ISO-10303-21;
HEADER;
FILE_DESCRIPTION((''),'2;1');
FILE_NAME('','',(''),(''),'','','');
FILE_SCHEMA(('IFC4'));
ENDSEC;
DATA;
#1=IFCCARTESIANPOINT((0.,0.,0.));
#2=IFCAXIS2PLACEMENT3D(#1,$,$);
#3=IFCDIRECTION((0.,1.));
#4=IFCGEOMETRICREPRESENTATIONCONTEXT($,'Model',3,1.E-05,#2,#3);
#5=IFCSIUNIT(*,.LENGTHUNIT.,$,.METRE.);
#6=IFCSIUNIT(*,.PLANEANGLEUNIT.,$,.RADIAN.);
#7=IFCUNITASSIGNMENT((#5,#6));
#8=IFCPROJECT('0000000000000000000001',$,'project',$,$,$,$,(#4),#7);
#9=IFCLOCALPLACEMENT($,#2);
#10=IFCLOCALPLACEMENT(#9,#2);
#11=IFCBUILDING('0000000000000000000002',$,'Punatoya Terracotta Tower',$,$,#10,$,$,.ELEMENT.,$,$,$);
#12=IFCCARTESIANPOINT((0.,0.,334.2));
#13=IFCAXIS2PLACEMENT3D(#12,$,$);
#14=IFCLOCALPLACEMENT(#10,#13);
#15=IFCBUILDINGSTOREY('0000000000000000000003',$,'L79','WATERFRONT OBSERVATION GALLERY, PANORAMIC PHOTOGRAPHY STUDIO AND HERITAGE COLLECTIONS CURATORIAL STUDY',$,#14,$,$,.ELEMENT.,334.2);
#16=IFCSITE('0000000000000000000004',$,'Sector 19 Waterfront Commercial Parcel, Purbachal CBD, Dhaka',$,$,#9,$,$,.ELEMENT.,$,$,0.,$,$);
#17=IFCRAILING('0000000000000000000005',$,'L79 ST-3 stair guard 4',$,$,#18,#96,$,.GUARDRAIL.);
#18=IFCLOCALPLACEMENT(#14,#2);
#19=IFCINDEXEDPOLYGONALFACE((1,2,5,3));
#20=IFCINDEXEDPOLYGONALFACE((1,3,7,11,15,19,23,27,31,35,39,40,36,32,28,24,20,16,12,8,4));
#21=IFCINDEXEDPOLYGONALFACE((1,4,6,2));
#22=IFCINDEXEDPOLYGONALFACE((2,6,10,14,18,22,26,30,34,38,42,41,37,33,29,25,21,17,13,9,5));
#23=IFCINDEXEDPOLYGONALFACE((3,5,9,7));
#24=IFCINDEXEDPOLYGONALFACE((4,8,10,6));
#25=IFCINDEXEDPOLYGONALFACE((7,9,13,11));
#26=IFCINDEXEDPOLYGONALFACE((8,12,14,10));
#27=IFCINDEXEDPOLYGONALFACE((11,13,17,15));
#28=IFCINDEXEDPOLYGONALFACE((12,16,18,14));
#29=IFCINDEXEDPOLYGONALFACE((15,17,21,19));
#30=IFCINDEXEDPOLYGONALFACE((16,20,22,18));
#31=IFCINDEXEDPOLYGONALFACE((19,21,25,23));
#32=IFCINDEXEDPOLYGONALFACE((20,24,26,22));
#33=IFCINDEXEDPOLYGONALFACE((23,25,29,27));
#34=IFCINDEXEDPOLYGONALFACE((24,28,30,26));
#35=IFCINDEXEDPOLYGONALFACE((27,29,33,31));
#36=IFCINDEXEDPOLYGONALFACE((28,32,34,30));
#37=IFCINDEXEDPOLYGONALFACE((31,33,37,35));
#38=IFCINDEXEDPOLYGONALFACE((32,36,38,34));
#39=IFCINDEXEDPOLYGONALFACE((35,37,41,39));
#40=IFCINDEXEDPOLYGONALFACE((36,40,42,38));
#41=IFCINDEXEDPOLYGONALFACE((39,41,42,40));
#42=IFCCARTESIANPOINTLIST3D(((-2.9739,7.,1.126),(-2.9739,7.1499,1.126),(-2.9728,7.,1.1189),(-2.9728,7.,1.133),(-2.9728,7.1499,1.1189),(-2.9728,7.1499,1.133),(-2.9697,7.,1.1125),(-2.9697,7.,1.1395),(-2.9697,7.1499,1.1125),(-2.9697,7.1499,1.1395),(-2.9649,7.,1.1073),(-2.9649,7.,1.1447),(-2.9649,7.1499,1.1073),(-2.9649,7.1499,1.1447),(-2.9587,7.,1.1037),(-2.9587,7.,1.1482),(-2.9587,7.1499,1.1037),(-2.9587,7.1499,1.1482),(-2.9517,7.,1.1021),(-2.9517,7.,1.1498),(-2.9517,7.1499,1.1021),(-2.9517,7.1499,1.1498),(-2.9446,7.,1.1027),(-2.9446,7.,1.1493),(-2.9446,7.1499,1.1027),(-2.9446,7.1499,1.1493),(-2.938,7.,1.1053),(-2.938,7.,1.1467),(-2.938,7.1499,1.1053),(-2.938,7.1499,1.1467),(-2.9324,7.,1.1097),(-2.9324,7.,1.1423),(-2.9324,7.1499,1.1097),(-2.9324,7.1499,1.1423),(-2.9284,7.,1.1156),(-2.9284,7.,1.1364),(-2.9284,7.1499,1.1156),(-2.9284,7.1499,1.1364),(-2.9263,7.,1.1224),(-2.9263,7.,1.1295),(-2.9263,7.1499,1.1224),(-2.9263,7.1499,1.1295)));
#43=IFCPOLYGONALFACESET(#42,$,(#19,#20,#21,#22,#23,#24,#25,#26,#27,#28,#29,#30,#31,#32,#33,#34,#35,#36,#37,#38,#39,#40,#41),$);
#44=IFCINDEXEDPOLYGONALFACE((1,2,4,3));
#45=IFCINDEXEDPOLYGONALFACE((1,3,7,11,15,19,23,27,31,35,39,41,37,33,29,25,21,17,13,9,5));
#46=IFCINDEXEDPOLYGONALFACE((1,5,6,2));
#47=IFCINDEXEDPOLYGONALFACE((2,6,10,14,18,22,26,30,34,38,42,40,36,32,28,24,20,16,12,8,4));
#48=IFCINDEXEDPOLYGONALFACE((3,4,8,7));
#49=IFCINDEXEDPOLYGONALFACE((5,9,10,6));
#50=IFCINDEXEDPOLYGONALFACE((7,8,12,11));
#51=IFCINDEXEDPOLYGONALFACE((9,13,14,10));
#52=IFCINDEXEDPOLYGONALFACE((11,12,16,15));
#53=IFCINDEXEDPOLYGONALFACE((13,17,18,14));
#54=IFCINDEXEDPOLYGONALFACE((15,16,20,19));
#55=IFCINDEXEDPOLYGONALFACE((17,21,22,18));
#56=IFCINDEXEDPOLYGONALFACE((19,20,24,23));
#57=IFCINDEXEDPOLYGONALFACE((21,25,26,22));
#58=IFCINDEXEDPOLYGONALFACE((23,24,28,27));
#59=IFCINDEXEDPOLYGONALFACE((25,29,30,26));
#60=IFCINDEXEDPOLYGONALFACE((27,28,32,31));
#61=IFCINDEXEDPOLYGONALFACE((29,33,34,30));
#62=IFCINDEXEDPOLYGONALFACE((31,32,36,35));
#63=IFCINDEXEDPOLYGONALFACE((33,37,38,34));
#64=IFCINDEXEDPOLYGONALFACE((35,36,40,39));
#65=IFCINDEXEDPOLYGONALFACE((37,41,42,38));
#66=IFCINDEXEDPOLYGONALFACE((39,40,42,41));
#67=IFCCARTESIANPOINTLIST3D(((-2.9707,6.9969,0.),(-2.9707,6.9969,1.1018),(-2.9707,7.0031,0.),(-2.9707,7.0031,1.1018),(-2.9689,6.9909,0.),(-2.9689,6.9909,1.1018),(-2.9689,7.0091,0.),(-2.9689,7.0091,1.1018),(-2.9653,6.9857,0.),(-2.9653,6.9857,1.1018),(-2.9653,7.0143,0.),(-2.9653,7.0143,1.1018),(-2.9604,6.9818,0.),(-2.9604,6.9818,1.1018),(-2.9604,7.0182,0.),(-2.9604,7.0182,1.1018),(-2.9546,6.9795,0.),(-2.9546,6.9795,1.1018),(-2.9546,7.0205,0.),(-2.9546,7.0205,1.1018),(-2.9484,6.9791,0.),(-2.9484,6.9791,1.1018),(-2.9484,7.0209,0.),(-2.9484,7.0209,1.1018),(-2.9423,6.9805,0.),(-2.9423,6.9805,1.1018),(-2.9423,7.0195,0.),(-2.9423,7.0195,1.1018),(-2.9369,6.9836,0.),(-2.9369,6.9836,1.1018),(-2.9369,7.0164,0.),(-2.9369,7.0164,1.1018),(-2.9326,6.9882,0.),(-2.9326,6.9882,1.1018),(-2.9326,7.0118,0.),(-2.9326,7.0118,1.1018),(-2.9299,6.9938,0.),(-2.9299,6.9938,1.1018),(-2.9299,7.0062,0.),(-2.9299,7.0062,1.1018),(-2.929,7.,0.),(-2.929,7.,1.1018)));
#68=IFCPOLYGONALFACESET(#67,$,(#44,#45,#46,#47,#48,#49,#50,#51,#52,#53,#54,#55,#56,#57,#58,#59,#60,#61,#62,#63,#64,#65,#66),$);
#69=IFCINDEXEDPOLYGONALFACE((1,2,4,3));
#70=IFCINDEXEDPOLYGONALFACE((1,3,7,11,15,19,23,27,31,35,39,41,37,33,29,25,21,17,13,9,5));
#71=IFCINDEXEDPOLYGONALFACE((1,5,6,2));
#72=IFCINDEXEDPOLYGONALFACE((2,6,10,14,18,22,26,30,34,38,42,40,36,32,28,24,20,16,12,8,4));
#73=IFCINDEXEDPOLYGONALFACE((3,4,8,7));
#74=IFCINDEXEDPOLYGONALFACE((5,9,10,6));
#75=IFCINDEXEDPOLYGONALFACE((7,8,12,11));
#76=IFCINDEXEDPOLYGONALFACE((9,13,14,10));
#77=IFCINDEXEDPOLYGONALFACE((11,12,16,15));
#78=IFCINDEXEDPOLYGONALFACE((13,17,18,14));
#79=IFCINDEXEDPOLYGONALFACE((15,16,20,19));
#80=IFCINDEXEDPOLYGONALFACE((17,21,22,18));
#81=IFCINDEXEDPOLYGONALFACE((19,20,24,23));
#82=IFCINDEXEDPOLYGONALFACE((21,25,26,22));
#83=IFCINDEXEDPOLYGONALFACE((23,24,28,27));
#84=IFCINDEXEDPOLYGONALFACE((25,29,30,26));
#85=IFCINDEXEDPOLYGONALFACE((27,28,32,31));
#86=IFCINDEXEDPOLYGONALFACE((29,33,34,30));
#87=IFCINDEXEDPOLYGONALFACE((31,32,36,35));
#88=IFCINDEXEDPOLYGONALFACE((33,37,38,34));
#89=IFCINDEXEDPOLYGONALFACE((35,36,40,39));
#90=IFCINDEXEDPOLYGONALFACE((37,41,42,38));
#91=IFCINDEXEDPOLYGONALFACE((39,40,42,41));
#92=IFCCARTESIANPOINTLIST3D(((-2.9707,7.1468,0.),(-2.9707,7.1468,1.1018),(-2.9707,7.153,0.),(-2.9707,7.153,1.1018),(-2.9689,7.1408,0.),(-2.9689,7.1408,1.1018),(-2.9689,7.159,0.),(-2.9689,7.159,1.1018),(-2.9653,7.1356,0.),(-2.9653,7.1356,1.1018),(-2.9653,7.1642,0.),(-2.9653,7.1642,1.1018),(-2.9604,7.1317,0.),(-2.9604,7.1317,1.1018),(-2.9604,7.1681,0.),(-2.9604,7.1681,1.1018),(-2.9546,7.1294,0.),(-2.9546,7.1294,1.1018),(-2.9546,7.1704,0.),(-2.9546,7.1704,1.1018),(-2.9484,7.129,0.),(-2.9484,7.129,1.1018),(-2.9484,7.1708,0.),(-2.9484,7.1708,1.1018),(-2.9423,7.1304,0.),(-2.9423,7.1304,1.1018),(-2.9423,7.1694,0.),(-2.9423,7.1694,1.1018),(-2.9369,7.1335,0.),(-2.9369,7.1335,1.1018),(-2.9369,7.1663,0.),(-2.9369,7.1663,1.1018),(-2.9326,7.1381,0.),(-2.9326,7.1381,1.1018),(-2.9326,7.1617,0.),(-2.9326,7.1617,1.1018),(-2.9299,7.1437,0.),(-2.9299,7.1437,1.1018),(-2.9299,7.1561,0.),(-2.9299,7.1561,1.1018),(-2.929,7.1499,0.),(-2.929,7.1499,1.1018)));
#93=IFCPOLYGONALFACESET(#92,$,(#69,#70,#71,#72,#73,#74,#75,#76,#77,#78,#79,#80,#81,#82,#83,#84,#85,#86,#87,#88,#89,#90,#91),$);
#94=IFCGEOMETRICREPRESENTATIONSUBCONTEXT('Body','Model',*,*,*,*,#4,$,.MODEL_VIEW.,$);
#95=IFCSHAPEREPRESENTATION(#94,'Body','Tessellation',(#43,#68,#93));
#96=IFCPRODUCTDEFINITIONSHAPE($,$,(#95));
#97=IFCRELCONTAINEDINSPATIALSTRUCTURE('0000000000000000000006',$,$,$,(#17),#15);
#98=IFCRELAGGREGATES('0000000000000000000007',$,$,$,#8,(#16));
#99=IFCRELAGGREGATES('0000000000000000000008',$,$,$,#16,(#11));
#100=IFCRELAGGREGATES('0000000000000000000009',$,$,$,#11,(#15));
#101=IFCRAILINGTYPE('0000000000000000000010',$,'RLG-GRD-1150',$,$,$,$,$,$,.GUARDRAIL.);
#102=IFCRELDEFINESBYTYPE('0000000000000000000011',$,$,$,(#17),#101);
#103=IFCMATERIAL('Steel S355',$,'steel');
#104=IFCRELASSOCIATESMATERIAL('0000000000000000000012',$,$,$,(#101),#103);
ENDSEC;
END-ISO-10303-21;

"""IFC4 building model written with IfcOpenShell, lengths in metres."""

from ifc_helpers import new_model, si_unit, direction, frame, origin, origin_2d, place, context, subcontext, project, spatial, circle, extrude, material, type_object, element, save


model = new_model("IFC4")

# Units and contexts
model_context = context("Model", 3, precision=1e-05, world=origin(), true_north=direction((0.0, 1.0)))
body_context = subcontext(model_context, "Body", "Model", "MODEL_VIEW")
ifc_project = project(units=[si_unit("LENGTHUNIT", "METRE"), si_unit("PLANEANGLEUNIT", "RADIAN")], contexts=[model_context])

# Site, building, storey
site_placement = place(None, origin())
site = spatial("IfcSite", under=ifc_project, at=site_placement, Name="Sector 19 Waterfront Commercial Parcel, Purbachal CBD, Dhaka", CompositionType="ELEMENT", RefElevation=0.0)
building_placement = place(site_placement, origin())
building = spatial("IfcBuilding", under=site, at=building_placement, Name="Punatoya Terracotta Tower", CompositionType="ELEMENT")
storey_placement = place(building_placement, frame((0.0, 0.0, 334.2)))
storey = spatial("IfcBuildingStorey", under=building, at=storey_placement, Name="L79", Description="WATERFRONT OBSERVATION GALLERY, PANORAMIC PHOTOGRAPHY STUDIO AND HERITAGE COLLECTIONS CURATORIAL STUDY", CompositionType="ELEMENT", Elevation=334.2)

# Shared definitions
ifc_material_1 = material(Name="Steel S355", Category="steel")

# Railing
railing_type_1 = type_object("IfcRailingType", Name="RLG-GRD-1150", PredefinedType="GUARDRAIL", material=ifc_material_1)
railing_1_placement = place(storey_placement, frame((-2.95, 7.0, 0.0)))
element("IfcRailing", 1, at=railing_1_placement, inside=storey, type_object=railing_type_1, Name="L79 ST-3 stair guard 4", PredefinedType="GUARDRAIL", context=body_context, shape_type="SweptSolid", body=[
    extrude(circle(Radius=0.0239, at=origin_2d()), frame((0.0, 0.0, 1.126), z_axis=(0.0, 1.0, 0.0), x_axis=(-1.0, 0.0, 0.0)), (0.0, 0.0, 1.0), 0.1499),
    extrude(circle(Radius=0.021, at=origin_2d()), origin(), (0.0, 0.0, 1.0), 1.1018),
    extrude(circle(Radius=0.021, at=origin_2d()), frame((0.0, 0.1499, 0.0)), (0.0, 0.0, 1.0), 1.1018),
])

save(model, "model.ifc")
